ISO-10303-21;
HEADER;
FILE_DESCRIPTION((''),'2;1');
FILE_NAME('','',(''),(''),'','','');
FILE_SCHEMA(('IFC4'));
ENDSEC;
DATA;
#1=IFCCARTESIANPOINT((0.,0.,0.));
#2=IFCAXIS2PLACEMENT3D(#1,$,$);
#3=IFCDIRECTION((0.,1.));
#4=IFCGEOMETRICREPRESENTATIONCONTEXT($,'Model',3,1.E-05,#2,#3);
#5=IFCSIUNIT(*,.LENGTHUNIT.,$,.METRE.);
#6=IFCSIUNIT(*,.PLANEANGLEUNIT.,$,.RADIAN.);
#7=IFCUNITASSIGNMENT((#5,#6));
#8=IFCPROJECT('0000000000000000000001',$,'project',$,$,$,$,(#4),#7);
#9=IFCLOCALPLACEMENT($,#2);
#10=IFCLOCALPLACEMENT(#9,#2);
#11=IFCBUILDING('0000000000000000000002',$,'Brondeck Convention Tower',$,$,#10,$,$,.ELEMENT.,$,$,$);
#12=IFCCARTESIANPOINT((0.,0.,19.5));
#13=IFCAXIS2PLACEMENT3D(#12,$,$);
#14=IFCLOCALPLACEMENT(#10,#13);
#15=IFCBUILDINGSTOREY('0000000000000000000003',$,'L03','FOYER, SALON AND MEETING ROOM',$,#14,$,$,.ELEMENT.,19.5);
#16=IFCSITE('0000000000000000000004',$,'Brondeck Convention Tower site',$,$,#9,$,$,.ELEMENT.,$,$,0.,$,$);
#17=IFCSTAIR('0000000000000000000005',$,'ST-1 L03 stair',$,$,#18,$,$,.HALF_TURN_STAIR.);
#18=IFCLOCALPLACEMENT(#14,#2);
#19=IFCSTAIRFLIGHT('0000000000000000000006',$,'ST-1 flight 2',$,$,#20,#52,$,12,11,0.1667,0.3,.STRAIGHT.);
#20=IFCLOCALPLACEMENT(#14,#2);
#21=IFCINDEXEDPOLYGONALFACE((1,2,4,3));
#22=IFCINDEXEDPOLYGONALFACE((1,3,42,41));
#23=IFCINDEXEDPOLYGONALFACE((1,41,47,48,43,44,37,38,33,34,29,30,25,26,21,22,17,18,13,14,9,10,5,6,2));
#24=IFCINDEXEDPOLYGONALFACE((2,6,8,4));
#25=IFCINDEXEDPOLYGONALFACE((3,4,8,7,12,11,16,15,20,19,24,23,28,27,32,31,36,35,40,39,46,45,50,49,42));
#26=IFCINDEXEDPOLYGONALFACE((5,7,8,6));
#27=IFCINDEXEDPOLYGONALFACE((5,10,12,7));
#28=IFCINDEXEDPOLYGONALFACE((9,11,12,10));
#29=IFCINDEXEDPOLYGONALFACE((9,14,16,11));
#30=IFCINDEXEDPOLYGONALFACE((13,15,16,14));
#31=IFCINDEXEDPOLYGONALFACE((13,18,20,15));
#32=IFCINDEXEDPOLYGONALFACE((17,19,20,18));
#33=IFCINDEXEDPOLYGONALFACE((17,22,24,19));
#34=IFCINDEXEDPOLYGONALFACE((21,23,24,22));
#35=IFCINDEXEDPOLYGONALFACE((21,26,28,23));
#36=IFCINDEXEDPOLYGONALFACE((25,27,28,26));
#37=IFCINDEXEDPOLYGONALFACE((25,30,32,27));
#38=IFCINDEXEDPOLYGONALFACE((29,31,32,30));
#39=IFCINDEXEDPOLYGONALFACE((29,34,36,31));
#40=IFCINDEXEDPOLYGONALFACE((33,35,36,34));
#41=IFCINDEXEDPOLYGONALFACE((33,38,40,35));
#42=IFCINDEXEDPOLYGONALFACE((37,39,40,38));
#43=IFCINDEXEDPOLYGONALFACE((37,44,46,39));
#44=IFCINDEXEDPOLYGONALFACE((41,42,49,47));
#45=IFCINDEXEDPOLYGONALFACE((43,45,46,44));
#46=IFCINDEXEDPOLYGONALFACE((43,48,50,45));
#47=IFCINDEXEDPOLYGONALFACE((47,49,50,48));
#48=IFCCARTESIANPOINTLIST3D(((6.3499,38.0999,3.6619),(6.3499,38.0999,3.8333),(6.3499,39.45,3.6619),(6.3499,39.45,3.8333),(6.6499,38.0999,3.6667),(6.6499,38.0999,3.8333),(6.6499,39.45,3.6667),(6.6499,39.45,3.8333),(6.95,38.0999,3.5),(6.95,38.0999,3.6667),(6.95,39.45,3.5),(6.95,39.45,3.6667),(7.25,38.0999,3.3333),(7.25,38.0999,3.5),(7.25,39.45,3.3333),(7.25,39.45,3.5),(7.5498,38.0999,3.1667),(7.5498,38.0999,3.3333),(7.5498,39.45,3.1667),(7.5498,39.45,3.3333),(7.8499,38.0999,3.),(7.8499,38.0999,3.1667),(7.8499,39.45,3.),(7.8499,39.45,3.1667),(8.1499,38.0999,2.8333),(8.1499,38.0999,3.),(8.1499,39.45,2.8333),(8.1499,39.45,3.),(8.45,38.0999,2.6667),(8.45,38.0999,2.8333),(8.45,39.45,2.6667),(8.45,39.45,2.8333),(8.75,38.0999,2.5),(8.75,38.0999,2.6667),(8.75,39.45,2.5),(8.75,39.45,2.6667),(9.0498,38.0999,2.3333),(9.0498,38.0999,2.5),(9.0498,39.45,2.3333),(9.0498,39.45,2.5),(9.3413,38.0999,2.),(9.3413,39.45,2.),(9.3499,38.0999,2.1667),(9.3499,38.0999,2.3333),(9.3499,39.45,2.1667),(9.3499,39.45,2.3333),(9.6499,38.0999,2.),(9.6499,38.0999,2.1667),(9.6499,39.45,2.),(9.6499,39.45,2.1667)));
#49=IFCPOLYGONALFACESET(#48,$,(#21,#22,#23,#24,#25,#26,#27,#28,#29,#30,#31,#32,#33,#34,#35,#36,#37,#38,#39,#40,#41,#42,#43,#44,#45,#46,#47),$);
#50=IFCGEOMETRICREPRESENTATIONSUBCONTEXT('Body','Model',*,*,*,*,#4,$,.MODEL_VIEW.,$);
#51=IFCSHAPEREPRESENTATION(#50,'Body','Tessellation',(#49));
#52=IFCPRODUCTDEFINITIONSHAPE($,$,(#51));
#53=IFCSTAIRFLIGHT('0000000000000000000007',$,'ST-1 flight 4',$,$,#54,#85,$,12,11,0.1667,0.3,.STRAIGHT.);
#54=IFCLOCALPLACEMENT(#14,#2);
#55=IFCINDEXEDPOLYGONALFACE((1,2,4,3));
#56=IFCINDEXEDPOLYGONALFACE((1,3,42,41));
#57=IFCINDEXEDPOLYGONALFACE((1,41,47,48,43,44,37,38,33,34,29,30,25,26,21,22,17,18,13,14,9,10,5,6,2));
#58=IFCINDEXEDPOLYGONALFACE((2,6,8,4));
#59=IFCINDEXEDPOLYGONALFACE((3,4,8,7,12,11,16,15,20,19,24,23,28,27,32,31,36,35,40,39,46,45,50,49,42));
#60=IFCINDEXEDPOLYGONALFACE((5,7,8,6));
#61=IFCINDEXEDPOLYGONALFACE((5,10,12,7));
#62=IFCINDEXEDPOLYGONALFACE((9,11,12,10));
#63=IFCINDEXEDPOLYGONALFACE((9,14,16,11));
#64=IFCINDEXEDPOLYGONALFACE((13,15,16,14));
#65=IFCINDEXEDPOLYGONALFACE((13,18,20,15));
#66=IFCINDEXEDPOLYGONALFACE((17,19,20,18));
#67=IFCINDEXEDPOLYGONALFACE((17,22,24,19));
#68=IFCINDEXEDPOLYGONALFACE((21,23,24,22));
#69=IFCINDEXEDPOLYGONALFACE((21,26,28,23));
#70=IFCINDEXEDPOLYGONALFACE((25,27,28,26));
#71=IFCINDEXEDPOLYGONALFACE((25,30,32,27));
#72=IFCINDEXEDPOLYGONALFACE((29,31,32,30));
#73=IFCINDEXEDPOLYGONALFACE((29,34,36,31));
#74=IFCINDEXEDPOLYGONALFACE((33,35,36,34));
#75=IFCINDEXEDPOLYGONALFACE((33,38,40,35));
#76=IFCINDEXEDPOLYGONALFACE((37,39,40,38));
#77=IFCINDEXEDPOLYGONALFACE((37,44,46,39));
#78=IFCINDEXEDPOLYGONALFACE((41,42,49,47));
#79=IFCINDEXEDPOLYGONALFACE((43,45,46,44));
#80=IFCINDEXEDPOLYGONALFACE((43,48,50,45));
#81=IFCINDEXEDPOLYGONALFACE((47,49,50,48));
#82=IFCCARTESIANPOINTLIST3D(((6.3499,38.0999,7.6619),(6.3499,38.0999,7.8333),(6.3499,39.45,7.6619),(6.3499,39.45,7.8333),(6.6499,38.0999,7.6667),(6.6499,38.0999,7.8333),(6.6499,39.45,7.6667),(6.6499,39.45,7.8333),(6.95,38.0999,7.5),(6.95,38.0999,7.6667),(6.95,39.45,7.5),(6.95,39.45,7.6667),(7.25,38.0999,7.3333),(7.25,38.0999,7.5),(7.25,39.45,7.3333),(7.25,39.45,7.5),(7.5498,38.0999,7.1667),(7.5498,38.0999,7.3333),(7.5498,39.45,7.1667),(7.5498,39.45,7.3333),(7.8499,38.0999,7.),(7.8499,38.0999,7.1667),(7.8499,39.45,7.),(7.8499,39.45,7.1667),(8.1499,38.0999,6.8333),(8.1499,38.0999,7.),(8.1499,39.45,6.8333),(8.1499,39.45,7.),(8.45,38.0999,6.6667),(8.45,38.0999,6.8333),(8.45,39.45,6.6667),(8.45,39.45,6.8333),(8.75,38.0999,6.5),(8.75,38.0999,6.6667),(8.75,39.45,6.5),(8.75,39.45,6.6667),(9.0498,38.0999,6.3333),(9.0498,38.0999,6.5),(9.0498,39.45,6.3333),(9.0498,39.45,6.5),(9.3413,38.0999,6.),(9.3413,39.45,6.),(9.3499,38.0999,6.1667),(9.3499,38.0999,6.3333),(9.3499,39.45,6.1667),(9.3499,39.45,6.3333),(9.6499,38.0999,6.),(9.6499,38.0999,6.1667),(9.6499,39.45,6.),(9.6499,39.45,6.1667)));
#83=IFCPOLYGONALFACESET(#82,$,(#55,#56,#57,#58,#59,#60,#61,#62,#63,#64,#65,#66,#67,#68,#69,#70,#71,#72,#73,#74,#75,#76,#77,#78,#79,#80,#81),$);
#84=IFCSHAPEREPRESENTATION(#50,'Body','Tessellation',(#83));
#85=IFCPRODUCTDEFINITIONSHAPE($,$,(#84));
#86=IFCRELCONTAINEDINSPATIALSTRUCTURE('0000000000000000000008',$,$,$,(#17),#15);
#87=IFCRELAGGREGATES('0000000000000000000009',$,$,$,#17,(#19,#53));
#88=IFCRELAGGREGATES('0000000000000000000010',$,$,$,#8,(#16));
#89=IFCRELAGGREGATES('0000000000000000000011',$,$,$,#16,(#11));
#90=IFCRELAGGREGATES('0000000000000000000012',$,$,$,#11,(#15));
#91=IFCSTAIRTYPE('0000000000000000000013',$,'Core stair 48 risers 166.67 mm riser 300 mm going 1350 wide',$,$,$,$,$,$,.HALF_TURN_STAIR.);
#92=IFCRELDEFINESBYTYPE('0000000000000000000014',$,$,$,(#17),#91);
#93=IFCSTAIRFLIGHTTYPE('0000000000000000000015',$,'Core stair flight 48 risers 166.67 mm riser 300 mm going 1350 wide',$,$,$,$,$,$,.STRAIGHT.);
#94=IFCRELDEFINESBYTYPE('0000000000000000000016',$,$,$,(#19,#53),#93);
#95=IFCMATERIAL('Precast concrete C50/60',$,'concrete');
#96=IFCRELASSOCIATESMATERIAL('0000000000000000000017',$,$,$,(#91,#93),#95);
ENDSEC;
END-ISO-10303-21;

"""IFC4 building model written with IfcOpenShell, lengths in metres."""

from ifc_helpers import new_model, si_unit, direction, frame, origin, place, context, subcontext, project, spatial, polyline, outline, extrude, material, type_object, element, aggregate, save


model = new_model("IFC4")

# Units and contexts
model_context = context("Model", 3, precision=1e-05, world=origin(), true_north=direction((0.0, 1.0)))
body_context = subcontext(model_context, "Body", "Model", "MODEL_VIEW")
ifc_project = project(units=[si_unit("LENGTHUNIT", "METRE"), si_unit("PLANEANGLEUNIT", "RADIAN")], contexts=[model_context])

# Site, building, storey
site_placement = place(None, origin())
site = spatial("IfcSite", under=ifc_project, at=site_placement, Name="Brondeck Convention Tower site", CompositionType="ELEMENT", RefElevation=0.0)
building_placement = place(site_placement, origin())
building = spatial("IfcBuilding", under=site, at=building_placement, Name="Brondeck Convention Tower", CompositionType="ELEMENT")
storey_placement = place(building_placement, frame((0.0, 0.0, 19.5)))
storey = spatial("IfcBuildingStorey", under=building, at=storey_placement, Name="L03", Description="FOYER, SALON AND MEETING ROOM", CompositionType="ELEMENT", Elevation=19.5)

# Stair, stair flights
ifc_material_1 = material(Name="Precast concrete C50/60", Category="concrete")
stair_type = type_object("IfcStairType", Name="Core stair 48 risers 166.67 mm riser 300 mm going 1350 wide", PredefinedType="HALF_TURN_STAIR", material=ifc_material_1)
stair_placement = place(storey_placement, origin())
stair = element("IfcStair", 1, at=stair_placement, inside=storey, type_object=stair_type, Name="ST-1 L03 stair", PredefinedType="HALF_TURN_STAIR")
stair_flight_type = type_object("IfcStairFlightType", Name="Core stair flight 48 risers 166.67 mm riser 300 mm going 1350 wide", PredefinedType="STRAIGHT", material=ifc_material_1)
stair_flight_1_placement = place(storey_placement, frame((9.6499, 38.7749, 2.0), z_axis=(0.0, 0.0, 1.0), x_axis=(-1.0, 0.0, 0.0)))
stair_flight_1 = element("IfcStairFlight", 2, at=stair_flight_1_placement, type_object=stair_flight_type, Name="ST-1 flight 2", NumberOfRisers=12, NumberOfTreads=11, PredefinedType="STRAIGHT", RiserHeight=0.1667, TreadLength=0.3, context=body_context, shape_type="SweptSolid", body=[
    extrude(outline(polyline([(0.0, 0.0), (0.0, 0.1667), (0.3, 0.1667), (0.3, 0.3333), (0.6001, 0.3333), (0.6001, 0.5), (0.8999, 0.5), (0.8999, 0.6667), (1.2, 0.6667), (1.2, 0.8333), (1.5, 0.8333), (1.5, 1.0), (1.8, 1.0), (1.8, 1.1667), (2.1001, 1.1667), (2.1001, 1.3333), (2.3999, 1.3333), (2.3999, 1.5), (2.7, 1.5), (2.7, 1.6667), (3.0, 1.6667), (3.0, 1.8333), (3.3, 1.8333), (3.3, 2.0), (3.3, 1.6619), (0.3086, 0.0), (0.0, 0.0)])), frame((0.0, 0.675, 0.0), z_axis=(0.0, -1.0, 0.0), x_axis=(1.0, 0.0, 0.0)), (0.0, 0.0, 1.0), 1.3501),
])
stair_flight_2_placement = place(storey_placement, frame((9.6499, 38.7749, 6.0), z_axis=(0.0, 0.0, 1.0), x_axis=(-1.0, 0.0, 0.0)))
stair_flight_2 = element("IfcStairFlight", 3, at=stair_flight_2_placement, type_object=stair_flight_type, Name="ST-1 flight 4", NumberOfRisers=12, NumberOfTreads=11, PredefinedType="STRAIGHT", RiserHeight=0.1667, TreadLength=0.3, context=body_context, shape_type="SweptSolid", body=[
    extrude(outline(polyline([(0.0, 0.0), (0.0, 0.1667), (0.3, 0.1667), (0.3, 0.3333), (0.6001, 0.3333), (0.6001, 0.5), (0.8999, 0.5), (0.8999, 0.6667), (1.2, 0.6667), (1.2, 0.8333), (1.5, 0.8333), (1.5, 1.0), (1.8, 1.0), (1.8, 1.1667), (2.1001, 1.1667), (2.1001, 1.3333), (2.3999, 1.3333), (2.3999, 1.5), (2.7, 1.5), (2.7, 1.6667), (3.0, 1.6667), (3.0, 1.8333), (3.3, 1.8333), (3.3, 2.0), (3.3, 1.6619), (0.3086, 0.0), (0.0, 0.0)])), frame((0.0, 0.675, 0.0), z_axis=(0.0, -1.0, 0.0), x_axis=(1.0, 0.0, 0.0)), (0.0, 0.0, 1.0), 1.3501),
])
aggregate(stair, [stair_flight_1, stair_flight_2])

save(model, "model.ifc")
